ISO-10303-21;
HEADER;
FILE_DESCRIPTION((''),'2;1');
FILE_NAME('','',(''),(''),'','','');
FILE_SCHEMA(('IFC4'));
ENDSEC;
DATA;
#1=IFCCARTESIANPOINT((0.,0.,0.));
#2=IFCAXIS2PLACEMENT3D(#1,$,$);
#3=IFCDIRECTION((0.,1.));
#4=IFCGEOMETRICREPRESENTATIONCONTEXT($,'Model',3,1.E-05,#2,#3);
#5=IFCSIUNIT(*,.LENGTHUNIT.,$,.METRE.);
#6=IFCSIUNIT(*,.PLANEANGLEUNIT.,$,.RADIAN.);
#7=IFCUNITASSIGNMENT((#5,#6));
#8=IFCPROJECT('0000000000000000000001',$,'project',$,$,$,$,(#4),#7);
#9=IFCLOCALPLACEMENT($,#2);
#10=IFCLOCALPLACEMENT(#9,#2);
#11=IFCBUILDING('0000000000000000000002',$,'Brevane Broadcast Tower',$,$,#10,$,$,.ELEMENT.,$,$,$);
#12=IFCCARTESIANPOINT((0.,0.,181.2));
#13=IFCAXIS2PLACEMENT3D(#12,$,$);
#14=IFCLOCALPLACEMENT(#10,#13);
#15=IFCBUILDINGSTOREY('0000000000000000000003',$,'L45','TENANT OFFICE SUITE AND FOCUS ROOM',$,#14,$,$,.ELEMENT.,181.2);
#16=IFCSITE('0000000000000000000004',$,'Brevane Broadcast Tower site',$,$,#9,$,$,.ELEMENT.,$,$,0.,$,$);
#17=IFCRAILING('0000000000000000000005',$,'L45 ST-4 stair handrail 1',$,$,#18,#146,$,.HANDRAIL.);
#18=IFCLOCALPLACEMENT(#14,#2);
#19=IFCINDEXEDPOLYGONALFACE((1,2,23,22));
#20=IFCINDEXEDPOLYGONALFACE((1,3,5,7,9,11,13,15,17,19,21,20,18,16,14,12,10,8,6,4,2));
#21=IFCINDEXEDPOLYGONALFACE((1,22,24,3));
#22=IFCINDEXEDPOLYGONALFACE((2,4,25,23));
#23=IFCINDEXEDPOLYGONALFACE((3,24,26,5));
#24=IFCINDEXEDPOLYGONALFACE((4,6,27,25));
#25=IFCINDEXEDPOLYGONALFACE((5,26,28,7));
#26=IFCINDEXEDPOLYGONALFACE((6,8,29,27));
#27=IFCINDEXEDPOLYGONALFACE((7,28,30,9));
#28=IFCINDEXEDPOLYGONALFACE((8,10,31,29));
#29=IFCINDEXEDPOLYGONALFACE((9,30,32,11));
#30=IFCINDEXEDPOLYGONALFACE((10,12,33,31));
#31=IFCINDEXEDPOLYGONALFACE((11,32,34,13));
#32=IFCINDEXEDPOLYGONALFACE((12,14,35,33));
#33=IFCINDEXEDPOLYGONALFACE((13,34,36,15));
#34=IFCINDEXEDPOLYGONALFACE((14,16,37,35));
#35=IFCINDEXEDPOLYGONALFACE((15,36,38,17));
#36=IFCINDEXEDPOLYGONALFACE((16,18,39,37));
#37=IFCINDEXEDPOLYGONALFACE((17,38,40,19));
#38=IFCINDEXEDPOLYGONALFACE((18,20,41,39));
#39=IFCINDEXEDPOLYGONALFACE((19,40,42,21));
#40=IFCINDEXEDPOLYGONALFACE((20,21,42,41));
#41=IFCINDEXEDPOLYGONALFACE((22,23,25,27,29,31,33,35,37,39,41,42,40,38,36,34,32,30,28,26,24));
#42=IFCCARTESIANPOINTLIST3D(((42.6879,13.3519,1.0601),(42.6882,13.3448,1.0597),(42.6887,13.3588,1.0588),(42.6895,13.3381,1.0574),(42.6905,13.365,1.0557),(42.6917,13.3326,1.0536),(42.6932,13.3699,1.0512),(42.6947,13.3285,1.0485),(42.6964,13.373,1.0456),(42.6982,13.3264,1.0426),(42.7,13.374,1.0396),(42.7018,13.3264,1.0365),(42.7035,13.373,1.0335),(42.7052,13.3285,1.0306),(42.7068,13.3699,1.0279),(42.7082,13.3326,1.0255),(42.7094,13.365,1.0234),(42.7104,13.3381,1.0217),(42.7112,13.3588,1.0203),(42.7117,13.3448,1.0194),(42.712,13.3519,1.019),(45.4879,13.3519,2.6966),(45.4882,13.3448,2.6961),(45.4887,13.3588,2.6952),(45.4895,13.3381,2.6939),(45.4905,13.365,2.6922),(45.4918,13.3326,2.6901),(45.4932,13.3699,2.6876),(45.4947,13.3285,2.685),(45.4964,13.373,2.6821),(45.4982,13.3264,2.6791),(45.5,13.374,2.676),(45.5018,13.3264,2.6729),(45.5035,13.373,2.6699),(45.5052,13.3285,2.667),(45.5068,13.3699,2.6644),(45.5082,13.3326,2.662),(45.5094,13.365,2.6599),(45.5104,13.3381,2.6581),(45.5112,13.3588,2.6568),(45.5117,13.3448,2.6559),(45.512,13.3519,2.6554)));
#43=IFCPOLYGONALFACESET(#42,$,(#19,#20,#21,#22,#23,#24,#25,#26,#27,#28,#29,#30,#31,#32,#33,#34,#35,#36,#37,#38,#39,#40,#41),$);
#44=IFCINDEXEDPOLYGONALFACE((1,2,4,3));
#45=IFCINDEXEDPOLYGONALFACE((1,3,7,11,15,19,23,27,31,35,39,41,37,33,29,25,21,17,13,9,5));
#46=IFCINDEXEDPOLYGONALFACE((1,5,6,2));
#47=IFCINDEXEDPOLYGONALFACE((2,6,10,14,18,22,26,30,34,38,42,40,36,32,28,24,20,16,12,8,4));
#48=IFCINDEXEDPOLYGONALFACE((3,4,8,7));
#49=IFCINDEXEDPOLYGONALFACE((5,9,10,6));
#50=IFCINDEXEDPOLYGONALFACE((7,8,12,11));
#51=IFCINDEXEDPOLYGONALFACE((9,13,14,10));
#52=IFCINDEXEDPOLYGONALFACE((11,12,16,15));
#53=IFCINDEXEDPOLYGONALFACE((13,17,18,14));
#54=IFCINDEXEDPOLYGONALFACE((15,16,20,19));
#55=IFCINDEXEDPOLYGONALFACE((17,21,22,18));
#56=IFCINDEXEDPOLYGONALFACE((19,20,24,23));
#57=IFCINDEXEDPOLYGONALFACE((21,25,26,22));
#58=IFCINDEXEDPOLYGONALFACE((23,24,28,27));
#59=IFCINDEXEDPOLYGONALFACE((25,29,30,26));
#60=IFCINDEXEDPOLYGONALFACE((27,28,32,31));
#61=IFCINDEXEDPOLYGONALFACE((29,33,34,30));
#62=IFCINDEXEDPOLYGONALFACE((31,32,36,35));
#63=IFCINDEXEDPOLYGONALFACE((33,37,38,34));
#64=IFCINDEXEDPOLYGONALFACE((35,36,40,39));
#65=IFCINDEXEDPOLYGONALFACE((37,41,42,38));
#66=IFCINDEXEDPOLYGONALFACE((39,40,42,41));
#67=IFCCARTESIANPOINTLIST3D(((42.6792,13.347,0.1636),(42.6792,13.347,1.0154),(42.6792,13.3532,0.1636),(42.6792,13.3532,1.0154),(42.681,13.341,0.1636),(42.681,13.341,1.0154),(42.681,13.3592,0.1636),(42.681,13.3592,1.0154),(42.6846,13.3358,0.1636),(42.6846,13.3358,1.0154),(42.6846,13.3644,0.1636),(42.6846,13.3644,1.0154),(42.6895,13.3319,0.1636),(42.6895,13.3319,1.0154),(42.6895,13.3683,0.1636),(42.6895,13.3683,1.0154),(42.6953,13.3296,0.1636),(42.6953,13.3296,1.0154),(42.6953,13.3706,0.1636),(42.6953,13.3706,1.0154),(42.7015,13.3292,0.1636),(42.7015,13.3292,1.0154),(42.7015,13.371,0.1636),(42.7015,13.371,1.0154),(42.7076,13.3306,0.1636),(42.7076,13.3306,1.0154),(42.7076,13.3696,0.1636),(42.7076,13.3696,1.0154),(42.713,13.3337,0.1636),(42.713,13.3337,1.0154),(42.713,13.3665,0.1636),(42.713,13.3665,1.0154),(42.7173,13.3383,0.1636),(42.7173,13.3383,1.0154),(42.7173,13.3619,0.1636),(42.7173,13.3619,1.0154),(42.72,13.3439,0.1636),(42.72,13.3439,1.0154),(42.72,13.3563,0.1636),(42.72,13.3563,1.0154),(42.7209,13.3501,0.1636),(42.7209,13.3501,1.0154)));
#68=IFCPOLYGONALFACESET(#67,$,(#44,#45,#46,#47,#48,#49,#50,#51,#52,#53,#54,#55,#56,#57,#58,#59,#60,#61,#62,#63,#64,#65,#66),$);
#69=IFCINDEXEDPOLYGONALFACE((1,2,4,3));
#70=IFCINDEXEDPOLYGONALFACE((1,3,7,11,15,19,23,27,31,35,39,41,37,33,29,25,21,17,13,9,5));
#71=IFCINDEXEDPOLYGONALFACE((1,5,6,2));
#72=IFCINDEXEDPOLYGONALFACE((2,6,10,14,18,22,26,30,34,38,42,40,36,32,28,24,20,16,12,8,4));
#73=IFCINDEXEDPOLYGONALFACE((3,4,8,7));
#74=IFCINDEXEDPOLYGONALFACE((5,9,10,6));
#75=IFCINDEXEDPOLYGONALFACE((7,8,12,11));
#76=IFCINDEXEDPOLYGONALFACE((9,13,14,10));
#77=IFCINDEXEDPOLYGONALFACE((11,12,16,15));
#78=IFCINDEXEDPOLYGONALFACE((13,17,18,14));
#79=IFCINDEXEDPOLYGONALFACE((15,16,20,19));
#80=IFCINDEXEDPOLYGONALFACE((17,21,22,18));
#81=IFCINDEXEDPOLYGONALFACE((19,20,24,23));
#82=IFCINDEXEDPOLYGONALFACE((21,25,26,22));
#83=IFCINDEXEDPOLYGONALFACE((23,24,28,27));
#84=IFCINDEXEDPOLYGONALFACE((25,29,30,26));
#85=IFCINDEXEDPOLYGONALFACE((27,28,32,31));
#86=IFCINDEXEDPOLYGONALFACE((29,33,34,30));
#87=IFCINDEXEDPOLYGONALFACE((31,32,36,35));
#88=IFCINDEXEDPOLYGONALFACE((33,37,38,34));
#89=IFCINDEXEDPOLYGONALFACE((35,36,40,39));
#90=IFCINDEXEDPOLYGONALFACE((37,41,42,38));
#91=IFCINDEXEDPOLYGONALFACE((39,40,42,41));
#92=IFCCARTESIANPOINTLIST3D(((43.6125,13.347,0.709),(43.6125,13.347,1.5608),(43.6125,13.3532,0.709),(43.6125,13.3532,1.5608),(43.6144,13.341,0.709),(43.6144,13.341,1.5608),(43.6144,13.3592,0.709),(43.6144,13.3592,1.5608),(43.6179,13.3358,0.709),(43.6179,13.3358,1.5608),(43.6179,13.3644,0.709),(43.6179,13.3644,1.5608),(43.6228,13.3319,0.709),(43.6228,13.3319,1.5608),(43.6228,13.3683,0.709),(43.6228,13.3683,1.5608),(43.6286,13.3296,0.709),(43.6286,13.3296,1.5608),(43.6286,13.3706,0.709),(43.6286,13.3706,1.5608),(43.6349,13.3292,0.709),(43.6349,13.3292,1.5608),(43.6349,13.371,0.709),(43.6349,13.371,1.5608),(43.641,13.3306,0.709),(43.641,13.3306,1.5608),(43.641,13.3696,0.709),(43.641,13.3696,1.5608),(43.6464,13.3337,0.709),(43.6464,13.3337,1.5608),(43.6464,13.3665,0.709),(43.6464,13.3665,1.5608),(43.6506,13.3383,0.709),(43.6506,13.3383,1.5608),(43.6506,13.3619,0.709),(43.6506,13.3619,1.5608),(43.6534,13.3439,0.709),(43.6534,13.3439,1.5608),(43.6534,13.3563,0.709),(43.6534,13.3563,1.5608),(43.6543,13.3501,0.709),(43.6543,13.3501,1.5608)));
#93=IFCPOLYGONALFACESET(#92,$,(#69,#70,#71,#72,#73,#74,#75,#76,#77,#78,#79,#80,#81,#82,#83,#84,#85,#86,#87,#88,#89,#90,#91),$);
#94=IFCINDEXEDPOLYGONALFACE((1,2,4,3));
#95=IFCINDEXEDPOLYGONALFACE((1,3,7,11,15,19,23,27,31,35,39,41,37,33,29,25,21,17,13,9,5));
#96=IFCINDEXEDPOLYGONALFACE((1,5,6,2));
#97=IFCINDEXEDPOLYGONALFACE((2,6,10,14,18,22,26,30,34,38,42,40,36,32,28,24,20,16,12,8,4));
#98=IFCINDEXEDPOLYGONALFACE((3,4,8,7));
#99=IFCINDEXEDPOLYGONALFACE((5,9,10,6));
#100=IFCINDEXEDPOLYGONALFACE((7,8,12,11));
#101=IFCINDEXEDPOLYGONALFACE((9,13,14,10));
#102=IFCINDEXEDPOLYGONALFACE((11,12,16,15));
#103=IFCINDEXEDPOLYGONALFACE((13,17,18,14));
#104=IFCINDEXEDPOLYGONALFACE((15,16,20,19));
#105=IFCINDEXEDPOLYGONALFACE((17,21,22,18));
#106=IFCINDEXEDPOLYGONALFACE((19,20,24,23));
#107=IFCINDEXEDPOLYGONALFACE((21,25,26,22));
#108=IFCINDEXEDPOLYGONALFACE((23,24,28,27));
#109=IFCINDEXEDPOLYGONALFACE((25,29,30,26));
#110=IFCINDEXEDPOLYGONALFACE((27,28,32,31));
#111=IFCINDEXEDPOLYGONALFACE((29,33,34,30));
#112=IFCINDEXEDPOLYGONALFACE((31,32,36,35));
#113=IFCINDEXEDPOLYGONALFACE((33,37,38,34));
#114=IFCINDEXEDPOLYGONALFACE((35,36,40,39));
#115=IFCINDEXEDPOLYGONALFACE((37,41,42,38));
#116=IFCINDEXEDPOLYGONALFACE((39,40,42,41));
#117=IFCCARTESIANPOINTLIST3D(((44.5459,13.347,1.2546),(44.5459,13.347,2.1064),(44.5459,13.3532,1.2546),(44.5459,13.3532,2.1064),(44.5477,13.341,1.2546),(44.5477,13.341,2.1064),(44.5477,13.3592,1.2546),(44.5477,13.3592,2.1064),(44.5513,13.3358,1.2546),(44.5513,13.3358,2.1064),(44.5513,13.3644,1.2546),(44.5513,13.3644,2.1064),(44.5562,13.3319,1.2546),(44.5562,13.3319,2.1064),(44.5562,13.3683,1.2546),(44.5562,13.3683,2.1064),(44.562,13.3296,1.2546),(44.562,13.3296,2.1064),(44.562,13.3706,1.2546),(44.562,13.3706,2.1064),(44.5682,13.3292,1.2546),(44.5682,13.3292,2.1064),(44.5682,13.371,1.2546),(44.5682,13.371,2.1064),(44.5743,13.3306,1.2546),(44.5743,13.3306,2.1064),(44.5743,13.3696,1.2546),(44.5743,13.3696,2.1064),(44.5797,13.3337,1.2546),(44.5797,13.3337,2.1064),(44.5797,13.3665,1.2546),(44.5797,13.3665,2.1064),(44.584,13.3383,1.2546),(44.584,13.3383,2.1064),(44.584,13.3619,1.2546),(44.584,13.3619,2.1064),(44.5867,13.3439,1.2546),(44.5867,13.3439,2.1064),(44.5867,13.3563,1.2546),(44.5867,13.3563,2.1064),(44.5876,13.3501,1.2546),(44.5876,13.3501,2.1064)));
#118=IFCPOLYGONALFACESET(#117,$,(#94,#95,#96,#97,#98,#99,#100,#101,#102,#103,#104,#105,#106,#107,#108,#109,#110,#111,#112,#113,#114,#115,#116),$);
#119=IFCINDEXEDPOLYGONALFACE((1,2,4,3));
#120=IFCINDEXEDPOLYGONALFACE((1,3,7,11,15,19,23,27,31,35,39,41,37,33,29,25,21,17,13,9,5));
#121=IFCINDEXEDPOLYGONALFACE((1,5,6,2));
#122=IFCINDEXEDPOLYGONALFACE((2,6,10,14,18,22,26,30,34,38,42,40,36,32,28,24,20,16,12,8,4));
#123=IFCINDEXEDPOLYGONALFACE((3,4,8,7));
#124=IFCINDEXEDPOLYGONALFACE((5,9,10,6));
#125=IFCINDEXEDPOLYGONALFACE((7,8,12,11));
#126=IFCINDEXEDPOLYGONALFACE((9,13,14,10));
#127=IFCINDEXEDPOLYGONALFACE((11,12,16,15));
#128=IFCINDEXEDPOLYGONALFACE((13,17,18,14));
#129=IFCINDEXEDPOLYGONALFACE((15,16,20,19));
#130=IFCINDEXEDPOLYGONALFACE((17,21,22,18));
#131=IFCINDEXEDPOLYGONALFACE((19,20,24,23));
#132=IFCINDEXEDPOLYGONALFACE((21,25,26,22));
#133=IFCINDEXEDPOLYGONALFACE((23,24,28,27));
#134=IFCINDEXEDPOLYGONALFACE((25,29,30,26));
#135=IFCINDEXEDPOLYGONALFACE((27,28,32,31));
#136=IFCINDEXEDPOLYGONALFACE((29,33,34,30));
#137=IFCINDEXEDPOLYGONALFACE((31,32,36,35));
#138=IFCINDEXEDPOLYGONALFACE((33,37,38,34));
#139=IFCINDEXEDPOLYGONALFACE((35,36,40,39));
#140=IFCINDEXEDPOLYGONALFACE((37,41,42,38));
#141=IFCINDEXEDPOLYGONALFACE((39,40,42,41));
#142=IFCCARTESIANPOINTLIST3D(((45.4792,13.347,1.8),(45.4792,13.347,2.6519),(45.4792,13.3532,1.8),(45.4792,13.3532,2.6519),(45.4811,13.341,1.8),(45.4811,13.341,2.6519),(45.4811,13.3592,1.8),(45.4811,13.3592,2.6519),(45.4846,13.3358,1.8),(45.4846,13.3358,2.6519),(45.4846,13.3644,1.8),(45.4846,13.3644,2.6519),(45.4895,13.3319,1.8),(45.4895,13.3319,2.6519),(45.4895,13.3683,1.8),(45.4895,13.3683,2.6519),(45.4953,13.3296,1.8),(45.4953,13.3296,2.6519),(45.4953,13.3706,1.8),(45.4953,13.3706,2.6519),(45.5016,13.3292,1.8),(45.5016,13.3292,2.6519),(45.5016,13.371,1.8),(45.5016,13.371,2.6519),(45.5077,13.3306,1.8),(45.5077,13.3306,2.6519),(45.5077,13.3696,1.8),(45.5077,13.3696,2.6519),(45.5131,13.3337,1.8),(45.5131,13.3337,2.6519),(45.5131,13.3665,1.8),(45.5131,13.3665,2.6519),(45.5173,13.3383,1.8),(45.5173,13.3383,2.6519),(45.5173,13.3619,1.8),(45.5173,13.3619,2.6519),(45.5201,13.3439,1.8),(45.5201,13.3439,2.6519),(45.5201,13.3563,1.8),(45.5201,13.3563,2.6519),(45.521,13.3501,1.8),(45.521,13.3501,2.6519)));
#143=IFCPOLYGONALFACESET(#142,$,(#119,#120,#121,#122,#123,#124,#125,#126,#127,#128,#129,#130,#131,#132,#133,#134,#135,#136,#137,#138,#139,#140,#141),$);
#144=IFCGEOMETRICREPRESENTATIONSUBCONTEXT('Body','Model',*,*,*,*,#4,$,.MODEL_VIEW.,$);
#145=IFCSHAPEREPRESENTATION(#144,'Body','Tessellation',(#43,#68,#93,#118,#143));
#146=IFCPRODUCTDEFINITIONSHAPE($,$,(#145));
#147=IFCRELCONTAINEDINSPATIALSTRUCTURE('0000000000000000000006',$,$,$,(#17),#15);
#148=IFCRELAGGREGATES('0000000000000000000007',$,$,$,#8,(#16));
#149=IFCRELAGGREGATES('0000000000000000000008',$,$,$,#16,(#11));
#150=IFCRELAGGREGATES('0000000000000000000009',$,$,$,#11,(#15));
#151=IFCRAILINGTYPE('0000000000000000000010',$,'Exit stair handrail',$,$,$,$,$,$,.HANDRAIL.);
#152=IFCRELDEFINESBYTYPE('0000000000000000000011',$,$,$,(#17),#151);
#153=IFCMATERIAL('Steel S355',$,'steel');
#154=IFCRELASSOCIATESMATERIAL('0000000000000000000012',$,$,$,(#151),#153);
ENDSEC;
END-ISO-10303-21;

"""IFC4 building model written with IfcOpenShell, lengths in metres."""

from ifc_helpers import new_model, si_unit, direction, frame, origin, origin_2d, place, context, subcontext, project, spatial, circle, extrude, material, type_object, element, save


model = new_model("IFC4")

# Units and contexts
model_context = context("Model", 3, precision=1e-05, world=origin(), true_north=direction((0.0, 1.0)))
body_context = subcontext(model_context, "Body", "Model", "MODEL_VIEW")
ifc_project = project(units=[si_unit("LENGTHUNIT", "METRE"), si_unit("PLANEANGLEUNIT", "RADIAN")], contexts=[model_context])

# Site, building, storey
site_placement = place(None, origin())
site = spatial("IfcSite", under=ifc_project, at=site_placement, Name="Brevane Broadcast Tower site", CompositionType="ELEMENT", RefElevation=0.0)
building_placement = place(site_placement, origin())
building = spatial("IfcBuilding", under=site, at=building_placement, Name="Brevane Broadcast Tower", CompositionType="ELEMENT")
storey_placement = place(building_placement, frame((0.0, 0.0, 181.2)))
storey = spatial("IfcBuildingStorey", under=building, at=storey_placement, Name="L45", Description="TENANT OFFICE SUITE AND FOCUS ROOM", CompositionType="ELEMENT", Elevation=181.2)

# Railing
ifc_material_1 = material(Name="Steel S355", Category="steel")
railing_type_1 = type_object("IfcRailingType", Name="Exit stair handrail", PredefinedType="HANDRAIL", material=ifc_material_1)
railing_1_placement = place(storey_placement, frame((42.7, 13.3501, 0.1636)))
element("IfcRailing", 1, at=railing_1_placement, inside=storey, type_object=railing_type_1, Name="L45 ST-4 stair handrail 1", PredefinedType="HANDRAIL", context=body_context, shape_type="SweptSolid", body=[
    extrude(circle(Radius=0.0239, at=origin_2d()), frame((0.0, 0.0, 0.876), z_axis=(0.863361, 0.0, 0.504587), x_axis=(0.0, 1.0, 0.0)), (0.0, 0.0, 1.0), 3.2432),
    extrude(circle(Radius=0.021, at=origin_2d()), origin(), (0.0, 0.0, 1.0), 0.8518),
    extrude(circle(Radius=0.021, at=origin_2d()), frame((0.9333, 0.0, 0.5454)), (0.0, 0.0, 1.0), 0.8518),
    extrude(circle(Radius=0.021, at=origin_2d()), frame((1.8667, 0.0, 1.0911)), (0.0, 0.0, 1.0), 0.8518),
    extrude(circle(Radius=0.021, at=origin_2d()), frame((2.8, 0.0, 1.6365)), (0.0, 0.0, 1.0), 0.8518),
])

save(model, "model.ifc")
